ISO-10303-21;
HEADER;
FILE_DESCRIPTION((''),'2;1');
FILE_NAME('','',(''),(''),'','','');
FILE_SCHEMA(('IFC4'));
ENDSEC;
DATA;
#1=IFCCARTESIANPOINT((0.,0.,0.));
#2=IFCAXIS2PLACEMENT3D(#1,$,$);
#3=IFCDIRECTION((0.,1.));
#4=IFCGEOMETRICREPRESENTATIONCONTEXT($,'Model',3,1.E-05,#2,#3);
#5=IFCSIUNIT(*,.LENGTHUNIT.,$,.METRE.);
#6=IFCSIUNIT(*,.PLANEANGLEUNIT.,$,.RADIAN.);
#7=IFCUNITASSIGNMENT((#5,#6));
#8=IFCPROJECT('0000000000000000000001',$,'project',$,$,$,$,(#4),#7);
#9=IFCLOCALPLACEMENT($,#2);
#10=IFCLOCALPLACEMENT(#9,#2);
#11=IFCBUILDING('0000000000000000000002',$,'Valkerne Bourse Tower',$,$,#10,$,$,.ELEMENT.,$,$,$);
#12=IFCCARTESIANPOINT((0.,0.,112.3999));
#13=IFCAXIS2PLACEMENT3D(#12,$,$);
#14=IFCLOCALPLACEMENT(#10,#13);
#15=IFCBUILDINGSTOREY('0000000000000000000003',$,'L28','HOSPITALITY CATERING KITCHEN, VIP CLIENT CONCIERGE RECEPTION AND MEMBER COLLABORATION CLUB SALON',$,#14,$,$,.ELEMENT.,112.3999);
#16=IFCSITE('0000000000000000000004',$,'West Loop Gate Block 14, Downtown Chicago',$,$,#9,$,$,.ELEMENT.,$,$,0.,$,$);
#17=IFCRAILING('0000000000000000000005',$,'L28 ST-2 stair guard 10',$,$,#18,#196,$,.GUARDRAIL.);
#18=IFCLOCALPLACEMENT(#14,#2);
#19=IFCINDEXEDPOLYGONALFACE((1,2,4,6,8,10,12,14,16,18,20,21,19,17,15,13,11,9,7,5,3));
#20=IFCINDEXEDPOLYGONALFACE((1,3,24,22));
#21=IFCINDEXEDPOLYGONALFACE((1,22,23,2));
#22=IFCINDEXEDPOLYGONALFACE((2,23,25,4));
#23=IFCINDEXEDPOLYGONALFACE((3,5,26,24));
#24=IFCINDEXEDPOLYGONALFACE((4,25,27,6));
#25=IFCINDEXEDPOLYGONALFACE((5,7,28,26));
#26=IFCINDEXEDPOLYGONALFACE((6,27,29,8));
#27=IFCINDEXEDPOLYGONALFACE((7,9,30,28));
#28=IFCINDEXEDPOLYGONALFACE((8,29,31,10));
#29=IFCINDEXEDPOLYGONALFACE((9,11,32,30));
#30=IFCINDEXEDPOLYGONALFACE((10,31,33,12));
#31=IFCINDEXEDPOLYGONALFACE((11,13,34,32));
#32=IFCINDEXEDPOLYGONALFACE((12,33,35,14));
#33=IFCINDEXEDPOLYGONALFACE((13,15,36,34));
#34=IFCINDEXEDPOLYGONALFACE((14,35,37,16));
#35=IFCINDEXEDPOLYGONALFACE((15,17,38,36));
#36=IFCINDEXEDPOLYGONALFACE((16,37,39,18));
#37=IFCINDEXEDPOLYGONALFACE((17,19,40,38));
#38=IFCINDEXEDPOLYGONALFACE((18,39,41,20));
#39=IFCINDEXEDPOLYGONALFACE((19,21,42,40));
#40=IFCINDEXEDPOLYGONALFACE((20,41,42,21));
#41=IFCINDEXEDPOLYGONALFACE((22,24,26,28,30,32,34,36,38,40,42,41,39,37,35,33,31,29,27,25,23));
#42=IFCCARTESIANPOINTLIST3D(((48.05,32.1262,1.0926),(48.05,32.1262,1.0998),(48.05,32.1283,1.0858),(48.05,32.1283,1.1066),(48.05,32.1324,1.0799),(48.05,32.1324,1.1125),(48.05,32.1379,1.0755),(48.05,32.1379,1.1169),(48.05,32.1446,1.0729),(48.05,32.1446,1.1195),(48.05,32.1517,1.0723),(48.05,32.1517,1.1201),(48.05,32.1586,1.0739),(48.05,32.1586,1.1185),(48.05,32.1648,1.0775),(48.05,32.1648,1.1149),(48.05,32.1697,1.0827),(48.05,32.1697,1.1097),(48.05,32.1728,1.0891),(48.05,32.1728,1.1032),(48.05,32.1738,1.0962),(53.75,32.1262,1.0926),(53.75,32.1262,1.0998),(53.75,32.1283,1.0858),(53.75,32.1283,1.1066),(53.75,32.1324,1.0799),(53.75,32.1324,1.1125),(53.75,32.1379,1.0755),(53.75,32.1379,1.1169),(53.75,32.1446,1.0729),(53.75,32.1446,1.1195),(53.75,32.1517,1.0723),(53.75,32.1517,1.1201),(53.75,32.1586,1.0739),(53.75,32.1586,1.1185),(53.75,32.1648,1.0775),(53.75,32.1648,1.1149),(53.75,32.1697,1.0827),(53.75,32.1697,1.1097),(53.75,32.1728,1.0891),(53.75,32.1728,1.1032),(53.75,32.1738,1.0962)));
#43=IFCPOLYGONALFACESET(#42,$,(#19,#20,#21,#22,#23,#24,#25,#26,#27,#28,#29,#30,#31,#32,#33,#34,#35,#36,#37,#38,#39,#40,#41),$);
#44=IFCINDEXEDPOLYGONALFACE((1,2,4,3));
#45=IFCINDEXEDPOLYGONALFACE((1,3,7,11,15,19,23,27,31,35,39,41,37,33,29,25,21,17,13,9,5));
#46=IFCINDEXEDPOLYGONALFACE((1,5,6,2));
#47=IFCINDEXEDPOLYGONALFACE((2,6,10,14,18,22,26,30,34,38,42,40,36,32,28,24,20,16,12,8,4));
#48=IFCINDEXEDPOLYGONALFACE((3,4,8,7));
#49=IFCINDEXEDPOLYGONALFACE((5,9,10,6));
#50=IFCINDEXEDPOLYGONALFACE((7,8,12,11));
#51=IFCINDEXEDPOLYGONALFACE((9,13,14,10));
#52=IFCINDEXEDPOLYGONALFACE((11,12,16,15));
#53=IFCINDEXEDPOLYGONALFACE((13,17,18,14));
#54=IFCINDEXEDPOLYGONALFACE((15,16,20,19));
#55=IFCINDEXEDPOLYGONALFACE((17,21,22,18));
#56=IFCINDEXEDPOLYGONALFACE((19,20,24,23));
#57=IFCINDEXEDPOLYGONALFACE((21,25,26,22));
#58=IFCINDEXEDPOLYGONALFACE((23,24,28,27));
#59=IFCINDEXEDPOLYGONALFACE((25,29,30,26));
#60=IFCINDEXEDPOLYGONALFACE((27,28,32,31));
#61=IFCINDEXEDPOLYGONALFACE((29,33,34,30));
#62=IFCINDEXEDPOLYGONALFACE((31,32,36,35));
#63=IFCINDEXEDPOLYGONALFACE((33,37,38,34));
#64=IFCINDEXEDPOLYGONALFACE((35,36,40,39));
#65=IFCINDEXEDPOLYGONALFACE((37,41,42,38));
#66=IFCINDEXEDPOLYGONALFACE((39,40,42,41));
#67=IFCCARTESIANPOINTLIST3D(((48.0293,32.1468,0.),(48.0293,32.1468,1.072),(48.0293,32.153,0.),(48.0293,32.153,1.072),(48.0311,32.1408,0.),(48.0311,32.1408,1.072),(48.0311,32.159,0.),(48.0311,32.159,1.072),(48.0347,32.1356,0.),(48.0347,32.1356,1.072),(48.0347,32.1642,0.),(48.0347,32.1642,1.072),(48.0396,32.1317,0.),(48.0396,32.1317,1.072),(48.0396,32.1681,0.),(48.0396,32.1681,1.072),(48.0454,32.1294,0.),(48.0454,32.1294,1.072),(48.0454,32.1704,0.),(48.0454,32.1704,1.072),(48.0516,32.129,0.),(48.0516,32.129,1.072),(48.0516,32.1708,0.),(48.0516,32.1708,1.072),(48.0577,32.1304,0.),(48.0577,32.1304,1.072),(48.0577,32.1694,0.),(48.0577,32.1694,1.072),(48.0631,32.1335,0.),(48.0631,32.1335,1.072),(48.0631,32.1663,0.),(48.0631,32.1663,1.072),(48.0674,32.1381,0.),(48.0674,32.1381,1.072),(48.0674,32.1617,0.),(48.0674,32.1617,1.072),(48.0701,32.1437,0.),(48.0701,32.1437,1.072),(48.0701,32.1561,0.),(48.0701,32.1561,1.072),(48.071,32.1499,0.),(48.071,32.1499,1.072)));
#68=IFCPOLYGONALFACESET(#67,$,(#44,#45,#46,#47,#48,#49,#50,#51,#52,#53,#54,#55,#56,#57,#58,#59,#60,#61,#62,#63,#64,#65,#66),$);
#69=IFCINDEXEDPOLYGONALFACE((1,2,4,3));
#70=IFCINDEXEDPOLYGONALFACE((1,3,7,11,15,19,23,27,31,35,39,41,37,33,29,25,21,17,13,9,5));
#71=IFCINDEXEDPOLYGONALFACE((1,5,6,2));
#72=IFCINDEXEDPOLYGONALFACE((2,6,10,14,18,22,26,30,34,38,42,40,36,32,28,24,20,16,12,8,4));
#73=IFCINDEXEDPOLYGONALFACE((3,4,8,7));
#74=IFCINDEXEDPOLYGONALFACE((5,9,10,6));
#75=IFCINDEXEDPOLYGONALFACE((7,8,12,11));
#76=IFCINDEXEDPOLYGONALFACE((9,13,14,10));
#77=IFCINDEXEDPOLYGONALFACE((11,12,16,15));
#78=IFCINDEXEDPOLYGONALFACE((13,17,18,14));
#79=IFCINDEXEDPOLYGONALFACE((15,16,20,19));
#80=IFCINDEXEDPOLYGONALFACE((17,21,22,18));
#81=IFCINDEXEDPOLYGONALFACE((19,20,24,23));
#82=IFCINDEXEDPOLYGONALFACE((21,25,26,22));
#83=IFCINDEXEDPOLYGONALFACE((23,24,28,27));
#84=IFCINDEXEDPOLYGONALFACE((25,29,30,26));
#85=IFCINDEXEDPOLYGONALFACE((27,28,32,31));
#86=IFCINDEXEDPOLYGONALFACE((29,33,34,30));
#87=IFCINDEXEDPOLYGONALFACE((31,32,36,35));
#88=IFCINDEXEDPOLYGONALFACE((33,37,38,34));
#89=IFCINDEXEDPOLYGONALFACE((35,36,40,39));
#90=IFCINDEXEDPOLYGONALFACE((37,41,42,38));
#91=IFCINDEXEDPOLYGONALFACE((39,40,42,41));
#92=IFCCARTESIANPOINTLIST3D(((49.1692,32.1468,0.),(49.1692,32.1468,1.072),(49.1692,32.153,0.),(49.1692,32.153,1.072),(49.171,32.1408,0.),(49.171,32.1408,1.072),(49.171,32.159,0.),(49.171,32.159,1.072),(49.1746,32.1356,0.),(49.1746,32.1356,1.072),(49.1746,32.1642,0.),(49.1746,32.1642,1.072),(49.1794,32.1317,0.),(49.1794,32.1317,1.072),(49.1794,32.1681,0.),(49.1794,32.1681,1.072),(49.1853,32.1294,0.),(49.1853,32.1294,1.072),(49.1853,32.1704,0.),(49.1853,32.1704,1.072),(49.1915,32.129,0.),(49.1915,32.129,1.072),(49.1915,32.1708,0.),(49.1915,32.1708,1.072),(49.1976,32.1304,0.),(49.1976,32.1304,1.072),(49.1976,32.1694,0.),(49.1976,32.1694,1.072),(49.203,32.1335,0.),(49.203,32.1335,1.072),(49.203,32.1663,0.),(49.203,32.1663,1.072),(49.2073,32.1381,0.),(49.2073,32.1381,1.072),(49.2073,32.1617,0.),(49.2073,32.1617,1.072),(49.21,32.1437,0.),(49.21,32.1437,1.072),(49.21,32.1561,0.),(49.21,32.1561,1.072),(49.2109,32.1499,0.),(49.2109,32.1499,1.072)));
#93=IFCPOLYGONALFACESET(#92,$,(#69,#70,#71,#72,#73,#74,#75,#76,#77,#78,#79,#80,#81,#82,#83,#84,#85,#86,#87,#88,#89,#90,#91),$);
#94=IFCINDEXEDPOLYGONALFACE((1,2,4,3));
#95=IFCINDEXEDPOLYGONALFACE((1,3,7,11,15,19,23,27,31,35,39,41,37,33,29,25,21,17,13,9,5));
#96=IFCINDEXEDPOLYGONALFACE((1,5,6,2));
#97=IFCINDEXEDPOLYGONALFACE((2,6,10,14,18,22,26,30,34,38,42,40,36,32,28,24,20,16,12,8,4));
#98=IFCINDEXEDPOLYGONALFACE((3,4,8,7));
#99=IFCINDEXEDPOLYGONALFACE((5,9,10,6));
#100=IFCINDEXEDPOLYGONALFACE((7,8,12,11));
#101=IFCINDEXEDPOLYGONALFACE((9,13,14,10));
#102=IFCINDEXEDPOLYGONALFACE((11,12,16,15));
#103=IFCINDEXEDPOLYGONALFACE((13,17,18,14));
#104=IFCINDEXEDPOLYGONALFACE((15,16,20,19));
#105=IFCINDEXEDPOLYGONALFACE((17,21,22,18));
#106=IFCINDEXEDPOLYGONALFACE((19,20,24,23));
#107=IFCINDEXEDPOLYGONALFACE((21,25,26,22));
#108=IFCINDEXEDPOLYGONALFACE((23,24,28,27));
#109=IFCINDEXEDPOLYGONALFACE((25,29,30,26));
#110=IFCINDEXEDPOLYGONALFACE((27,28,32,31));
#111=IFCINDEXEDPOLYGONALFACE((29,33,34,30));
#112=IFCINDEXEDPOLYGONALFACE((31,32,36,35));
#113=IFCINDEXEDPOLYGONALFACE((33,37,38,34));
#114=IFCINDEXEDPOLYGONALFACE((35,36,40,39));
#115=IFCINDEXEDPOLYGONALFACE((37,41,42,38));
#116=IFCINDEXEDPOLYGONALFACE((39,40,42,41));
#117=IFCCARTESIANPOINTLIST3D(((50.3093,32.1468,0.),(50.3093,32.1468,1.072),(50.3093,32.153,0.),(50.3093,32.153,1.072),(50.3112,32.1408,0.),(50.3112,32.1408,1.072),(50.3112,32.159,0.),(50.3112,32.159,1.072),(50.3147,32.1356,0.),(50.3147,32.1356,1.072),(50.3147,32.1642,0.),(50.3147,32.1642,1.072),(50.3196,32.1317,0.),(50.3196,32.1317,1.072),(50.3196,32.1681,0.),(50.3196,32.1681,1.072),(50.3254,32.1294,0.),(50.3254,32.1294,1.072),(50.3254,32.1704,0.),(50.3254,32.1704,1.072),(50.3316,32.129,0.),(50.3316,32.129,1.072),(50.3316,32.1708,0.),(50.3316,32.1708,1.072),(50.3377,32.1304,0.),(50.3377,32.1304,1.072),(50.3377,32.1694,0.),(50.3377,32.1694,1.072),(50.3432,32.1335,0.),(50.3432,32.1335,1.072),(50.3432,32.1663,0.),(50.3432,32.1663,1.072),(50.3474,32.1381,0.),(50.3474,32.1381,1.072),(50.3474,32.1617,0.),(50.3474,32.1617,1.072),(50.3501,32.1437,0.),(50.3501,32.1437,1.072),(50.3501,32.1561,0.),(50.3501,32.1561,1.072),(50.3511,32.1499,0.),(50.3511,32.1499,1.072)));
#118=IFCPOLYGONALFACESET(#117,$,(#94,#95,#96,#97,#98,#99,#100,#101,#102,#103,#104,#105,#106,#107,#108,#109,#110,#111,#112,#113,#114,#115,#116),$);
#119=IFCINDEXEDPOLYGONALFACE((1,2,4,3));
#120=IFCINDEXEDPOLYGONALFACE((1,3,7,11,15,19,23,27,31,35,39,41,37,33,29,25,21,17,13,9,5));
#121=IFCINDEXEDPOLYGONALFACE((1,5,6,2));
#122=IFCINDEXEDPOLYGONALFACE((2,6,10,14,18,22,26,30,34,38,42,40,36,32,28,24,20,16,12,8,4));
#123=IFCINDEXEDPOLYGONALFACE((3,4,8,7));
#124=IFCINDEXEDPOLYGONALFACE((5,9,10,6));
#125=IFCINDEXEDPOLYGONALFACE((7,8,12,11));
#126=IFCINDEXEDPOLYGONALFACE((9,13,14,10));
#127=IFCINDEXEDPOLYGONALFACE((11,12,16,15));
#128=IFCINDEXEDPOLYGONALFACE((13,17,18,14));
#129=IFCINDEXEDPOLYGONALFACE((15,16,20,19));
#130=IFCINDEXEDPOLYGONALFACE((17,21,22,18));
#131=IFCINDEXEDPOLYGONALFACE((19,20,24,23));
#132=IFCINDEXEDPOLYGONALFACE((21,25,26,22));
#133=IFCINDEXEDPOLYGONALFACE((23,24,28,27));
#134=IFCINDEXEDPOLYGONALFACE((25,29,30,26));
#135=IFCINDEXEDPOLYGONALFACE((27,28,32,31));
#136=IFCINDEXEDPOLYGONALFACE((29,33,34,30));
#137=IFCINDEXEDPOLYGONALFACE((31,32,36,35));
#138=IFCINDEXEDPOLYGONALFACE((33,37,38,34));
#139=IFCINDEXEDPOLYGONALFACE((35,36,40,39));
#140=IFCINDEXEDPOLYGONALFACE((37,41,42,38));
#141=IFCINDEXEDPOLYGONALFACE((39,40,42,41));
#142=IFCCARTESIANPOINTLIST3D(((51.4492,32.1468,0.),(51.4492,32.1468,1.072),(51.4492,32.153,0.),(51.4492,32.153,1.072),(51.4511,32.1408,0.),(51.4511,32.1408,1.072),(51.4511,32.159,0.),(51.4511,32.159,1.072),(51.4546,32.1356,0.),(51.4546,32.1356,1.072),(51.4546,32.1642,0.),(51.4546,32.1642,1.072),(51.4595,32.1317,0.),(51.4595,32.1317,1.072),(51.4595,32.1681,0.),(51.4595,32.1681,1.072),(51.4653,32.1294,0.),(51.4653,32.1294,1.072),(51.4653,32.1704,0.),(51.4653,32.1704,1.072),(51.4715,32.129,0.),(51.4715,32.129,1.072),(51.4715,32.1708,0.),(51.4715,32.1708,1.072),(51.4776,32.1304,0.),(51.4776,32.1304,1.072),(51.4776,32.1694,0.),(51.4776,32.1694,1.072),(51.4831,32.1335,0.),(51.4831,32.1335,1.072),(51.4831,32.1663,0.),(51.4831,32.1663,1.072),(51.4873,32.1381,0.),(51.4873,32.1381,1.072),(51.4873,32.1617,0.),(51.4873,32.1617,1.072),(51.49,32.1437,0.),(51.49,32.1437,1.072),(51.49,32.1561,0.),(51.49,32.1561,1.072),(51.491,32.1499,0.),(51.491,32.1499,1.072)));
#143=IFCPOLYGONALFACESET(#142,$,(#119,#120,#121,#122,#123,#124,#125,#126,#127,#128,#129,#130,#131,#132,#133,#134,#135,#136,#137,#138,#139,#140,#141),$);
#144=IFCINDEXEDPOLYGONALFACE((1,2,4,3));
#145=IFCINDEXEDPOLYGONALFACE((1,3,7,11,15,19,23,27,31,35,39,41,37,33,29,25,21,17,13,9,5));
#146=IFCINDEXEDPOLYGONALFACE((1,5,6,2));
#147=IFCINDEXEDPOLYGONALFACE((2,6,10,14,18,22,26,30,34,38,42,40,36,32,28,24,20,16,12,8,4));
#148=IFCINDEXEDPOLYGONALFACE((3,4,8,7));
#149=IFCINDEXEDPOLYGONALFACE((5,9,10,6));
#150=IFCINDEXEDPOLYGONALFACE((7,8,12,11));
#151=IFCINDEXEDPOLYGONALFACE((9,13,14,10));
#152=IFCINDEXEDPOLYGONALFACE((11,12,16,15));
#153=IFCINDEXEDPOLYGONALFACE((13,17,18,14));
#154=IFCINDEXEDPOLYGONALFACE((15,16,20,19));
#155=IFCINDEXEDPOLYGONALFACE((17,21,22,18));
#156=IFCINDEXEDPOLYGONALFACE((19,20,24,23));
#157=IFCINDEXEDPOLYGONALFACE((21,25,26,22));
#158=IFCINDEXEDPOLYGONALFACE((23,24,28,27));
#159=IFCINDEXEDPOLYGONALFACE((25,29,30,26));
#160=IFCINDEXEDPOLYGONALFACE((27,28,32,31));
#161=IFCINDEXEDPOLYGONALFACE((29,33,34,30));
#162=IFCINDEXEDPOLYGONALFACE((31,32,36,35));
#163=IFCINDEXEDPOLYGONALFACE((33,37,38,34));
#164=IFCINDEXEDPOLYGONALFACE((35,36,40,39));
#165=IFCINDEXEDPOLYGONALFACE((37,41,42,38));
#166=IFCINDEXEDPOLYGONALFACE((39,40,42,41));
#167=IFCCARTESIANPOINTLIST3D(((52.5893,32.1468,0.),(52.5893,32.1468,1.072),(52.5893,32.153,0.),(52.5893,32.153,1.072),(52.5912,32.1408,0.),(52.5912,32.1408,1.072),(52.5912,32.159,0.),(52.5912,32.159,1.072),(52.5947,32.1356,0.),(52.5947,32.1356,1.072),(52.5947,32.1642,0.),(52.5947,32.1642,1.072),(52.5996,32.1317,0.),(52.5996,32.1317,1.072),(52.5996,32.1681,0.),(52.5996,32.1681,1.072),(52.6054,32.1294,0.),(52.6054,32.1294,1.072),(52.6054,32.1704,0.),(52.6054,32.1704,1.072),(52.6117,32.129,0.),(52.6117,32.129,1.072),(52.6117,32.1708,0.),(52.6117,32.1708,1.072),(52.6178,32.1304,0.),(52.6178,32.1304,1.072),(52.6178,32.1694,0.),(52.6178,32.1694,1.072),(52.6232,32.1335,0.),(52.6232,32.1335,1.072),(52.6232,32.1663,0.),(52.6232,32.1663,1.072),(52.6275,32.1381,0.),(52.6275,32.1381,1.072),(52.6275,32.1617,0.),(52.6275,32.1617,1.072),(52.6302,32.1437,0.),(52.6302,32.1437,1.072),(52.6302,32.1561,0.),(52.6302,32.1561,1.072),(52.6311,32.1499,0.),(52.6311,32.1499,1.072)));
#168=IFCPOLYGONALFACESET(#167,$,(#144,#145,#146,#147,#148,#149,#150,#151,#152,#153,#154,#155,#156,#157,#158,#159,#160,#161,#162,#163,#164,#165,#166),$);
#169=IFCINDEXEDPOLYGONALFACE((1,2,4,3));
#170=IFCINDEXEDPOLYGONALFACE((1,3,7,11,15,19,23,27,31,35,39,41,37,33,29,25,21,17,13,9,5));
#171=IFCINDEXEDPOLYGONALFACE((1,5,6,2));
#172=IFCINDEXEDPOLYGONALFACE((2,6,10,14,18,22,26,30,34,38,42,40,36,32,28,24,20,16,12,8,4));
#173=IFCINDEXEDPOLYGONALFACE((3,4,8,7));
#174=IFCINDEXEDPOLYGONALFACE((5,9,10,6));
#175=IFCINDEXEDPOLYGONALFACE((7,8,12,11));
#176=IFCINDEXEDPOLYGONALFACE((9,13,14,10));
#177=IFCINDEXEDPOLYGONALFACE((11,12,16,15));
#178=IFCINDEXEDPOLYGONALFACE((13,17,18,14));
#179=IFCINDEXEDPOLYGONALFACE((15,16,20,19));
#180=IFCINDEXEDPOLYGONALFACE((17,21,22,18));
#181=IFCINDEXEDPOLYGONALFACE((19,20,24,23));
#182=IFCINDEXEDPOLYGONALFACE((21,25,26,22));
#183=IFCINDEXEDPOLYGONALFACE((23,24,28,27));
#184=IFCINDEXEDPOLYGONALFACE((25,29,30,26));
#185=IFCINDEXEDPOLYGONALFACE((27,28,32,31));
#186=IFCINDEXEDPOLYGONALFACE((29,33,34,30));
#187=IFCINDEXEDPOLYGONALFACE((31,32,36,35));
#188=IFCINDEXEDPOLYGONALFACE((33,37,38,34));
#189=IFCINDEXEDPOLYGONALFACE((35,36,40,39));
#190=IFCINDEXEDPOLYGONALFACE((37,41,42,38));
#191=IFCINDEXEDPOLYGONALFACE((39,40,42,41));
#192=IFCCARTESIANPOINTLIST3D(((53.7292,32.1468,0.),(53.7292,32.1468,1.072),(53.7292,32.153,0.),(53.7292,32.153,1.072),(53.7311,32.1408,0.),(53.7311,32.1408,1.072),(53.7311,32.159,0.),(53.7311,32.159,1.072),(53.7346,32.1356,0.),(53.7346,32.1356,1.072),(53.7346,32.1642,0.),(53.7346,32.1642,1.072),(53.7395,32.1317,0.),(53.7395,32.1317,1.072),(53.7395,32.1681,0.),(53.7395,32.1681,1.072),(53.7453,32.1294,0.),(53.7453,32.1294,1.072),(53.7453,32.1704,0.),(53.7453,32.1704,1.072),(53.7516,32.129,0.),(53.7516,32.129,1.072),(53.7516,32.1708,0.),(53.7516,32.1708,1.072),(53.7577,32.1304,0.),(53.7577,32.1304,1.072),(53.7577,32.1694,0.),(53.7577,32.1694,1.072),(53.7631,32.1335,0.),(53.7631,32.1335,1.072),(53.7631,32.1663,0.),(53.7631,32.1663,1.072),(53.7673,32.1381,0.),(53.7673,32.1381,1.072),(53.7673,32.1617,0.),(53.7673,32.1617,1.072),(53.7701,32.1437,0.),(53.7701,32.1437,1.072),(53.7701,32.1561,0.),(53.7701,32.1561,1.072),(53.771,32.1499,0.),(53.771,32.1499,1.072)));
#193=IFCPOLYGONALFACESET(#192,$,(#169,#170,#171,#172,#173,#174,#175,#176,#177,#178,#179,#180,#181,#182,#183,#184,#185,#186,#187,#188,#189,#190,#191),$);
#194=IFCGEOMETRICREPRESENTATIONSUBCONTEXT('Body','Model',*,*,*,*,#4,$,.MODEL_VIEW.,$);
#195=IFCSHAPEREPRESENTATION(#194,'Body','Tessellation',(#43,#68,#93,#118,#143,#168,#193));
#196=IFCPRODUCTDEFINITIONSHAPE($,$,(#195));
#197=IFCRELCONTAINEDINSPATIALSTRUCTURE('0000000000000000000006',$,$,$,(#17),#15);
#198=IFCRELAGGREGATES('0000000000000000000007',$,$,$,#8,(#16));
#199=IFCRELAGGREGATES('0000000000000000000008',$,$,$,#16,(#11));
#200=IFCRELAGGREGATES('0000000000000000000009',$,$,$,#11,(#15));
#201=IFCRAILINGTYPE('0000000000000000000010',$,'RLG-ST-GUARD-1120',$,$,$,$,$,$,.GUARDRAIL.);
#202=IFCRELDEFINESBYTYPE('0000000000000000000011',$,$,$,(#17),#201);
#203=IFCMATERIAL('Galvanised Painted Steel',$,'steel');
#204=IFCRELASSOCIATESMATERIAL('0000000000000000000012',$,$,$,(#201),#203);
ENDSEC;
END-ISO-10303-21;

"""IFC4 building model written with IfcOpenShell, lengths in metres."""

from ifc_helpers import new_model, si_unit, direction, frame, origin, origin_2d, place, context, subcontext, project, spatial, circle, extrude, material, type_object, element, save


model = new_model("IFC4")

# Units and contexts
model_context = context("Model", 3, precision=1e-05, world=origin(), true_north=direction((0.0, 1.0)))
body_context = subcontext(model_context, "Body", "Model", "MODEL_VIEW")
ifc_project = project(units=[si_unit("LENGTHUNIT", "METRE"), si_unit("PLANEANGLEUNIT", "RADIAN")], contexts=[model_context])

# Site, building, storey
site_placement = place(None, origin())
site = spatial("IfcSite", under=ifc_project, at=site_placement, Name="West Loop Gate Block 14, Downtown Chicago", CompositionType="ELEMENT", RefElevation=0.0)
building_placement = place(site_placement, origin())
building = spatial("IfcBuilding", under=site, at=building_placement, Name="Valkerne Bourse Tower", CompositionType="ELEMENT")
storey_placement = place(building_placement, frame((0.0, 0.0, 112.3999)))
storey = spatial("IfcBuildingStorey", under=building, at=storey_placement, Name="L28", Description="HOSPITALITY CATERING KITCHEN, VIP CLIENT CONCIERGE RECEPTION AND MEMBER COLLABORATION CLUB SALON", CompositionType="ELEMENT", Elevation=112.3999)

# Shared definitions
ifc_material_1 = material(Name="Galvanised Painted Steel", Category="steel")

# Railing
railing_type_1 = type_object("IfcRailingType", Name="RLG-ST-GUARD-1120", PredefinedType="GUARDRAIL", material=ifc_material_1)
for number, where, name in (
    (1, (48.05, 32.1499, 0.0), "L28 ST-2 stair guard 10"),
):
    element("IfcRailing", number, at=place(storey_placement, frame(where)), inside=storey, type_object=railing_type_1, Name=name, PredefinedType="GUARDRAIL", context=body_context, shape_type="SweptSolid", body=[
        extrude(circle(Radius=0.0239, at=origin_2d()), frame((0.0, 0.0, 1.0962), z_axis=(1.0, 0.0, 0.0), x_axis=(0.0, 1.0, 0.0)), (0.0, 0.0, 1.0), 5.7),
        extrude(circle(Radius=0.021, at=origin_2d()), origin(), (0.0, 0.0, 1.0), 1.072),
        extrude(circle(Radius=0.021, at=origin_2d()), frame((1.1399, 0.0, 0.0)), (0.0, 0.0, 1.0), 1.072),
        extrude(circle(Radius=0.021, at=origin_2d()), frame((2.28, 0.0, 0.0)), (0.0, 0.0, 1.0), 1.072),
        extrude(circle(Radius=0.021, at=origin_2d()), frame((3.4199, 0.0, 0.0)), (0.0, 0.0, 1.0), 1.072),
        extrude(circle(Radius=0.021, at=origin_2d()), frame((4.5601, 0.0, 0.0)), (0.0, 0.0, 1.0), 1.072),
        extrude(circle(Radius=0.021, at=origin_2d()), frame((5.7, 0.0, 0.0)), (0.0, 0.0, 1.0), 1.072),
    ])

save(model, "model.ifc")
